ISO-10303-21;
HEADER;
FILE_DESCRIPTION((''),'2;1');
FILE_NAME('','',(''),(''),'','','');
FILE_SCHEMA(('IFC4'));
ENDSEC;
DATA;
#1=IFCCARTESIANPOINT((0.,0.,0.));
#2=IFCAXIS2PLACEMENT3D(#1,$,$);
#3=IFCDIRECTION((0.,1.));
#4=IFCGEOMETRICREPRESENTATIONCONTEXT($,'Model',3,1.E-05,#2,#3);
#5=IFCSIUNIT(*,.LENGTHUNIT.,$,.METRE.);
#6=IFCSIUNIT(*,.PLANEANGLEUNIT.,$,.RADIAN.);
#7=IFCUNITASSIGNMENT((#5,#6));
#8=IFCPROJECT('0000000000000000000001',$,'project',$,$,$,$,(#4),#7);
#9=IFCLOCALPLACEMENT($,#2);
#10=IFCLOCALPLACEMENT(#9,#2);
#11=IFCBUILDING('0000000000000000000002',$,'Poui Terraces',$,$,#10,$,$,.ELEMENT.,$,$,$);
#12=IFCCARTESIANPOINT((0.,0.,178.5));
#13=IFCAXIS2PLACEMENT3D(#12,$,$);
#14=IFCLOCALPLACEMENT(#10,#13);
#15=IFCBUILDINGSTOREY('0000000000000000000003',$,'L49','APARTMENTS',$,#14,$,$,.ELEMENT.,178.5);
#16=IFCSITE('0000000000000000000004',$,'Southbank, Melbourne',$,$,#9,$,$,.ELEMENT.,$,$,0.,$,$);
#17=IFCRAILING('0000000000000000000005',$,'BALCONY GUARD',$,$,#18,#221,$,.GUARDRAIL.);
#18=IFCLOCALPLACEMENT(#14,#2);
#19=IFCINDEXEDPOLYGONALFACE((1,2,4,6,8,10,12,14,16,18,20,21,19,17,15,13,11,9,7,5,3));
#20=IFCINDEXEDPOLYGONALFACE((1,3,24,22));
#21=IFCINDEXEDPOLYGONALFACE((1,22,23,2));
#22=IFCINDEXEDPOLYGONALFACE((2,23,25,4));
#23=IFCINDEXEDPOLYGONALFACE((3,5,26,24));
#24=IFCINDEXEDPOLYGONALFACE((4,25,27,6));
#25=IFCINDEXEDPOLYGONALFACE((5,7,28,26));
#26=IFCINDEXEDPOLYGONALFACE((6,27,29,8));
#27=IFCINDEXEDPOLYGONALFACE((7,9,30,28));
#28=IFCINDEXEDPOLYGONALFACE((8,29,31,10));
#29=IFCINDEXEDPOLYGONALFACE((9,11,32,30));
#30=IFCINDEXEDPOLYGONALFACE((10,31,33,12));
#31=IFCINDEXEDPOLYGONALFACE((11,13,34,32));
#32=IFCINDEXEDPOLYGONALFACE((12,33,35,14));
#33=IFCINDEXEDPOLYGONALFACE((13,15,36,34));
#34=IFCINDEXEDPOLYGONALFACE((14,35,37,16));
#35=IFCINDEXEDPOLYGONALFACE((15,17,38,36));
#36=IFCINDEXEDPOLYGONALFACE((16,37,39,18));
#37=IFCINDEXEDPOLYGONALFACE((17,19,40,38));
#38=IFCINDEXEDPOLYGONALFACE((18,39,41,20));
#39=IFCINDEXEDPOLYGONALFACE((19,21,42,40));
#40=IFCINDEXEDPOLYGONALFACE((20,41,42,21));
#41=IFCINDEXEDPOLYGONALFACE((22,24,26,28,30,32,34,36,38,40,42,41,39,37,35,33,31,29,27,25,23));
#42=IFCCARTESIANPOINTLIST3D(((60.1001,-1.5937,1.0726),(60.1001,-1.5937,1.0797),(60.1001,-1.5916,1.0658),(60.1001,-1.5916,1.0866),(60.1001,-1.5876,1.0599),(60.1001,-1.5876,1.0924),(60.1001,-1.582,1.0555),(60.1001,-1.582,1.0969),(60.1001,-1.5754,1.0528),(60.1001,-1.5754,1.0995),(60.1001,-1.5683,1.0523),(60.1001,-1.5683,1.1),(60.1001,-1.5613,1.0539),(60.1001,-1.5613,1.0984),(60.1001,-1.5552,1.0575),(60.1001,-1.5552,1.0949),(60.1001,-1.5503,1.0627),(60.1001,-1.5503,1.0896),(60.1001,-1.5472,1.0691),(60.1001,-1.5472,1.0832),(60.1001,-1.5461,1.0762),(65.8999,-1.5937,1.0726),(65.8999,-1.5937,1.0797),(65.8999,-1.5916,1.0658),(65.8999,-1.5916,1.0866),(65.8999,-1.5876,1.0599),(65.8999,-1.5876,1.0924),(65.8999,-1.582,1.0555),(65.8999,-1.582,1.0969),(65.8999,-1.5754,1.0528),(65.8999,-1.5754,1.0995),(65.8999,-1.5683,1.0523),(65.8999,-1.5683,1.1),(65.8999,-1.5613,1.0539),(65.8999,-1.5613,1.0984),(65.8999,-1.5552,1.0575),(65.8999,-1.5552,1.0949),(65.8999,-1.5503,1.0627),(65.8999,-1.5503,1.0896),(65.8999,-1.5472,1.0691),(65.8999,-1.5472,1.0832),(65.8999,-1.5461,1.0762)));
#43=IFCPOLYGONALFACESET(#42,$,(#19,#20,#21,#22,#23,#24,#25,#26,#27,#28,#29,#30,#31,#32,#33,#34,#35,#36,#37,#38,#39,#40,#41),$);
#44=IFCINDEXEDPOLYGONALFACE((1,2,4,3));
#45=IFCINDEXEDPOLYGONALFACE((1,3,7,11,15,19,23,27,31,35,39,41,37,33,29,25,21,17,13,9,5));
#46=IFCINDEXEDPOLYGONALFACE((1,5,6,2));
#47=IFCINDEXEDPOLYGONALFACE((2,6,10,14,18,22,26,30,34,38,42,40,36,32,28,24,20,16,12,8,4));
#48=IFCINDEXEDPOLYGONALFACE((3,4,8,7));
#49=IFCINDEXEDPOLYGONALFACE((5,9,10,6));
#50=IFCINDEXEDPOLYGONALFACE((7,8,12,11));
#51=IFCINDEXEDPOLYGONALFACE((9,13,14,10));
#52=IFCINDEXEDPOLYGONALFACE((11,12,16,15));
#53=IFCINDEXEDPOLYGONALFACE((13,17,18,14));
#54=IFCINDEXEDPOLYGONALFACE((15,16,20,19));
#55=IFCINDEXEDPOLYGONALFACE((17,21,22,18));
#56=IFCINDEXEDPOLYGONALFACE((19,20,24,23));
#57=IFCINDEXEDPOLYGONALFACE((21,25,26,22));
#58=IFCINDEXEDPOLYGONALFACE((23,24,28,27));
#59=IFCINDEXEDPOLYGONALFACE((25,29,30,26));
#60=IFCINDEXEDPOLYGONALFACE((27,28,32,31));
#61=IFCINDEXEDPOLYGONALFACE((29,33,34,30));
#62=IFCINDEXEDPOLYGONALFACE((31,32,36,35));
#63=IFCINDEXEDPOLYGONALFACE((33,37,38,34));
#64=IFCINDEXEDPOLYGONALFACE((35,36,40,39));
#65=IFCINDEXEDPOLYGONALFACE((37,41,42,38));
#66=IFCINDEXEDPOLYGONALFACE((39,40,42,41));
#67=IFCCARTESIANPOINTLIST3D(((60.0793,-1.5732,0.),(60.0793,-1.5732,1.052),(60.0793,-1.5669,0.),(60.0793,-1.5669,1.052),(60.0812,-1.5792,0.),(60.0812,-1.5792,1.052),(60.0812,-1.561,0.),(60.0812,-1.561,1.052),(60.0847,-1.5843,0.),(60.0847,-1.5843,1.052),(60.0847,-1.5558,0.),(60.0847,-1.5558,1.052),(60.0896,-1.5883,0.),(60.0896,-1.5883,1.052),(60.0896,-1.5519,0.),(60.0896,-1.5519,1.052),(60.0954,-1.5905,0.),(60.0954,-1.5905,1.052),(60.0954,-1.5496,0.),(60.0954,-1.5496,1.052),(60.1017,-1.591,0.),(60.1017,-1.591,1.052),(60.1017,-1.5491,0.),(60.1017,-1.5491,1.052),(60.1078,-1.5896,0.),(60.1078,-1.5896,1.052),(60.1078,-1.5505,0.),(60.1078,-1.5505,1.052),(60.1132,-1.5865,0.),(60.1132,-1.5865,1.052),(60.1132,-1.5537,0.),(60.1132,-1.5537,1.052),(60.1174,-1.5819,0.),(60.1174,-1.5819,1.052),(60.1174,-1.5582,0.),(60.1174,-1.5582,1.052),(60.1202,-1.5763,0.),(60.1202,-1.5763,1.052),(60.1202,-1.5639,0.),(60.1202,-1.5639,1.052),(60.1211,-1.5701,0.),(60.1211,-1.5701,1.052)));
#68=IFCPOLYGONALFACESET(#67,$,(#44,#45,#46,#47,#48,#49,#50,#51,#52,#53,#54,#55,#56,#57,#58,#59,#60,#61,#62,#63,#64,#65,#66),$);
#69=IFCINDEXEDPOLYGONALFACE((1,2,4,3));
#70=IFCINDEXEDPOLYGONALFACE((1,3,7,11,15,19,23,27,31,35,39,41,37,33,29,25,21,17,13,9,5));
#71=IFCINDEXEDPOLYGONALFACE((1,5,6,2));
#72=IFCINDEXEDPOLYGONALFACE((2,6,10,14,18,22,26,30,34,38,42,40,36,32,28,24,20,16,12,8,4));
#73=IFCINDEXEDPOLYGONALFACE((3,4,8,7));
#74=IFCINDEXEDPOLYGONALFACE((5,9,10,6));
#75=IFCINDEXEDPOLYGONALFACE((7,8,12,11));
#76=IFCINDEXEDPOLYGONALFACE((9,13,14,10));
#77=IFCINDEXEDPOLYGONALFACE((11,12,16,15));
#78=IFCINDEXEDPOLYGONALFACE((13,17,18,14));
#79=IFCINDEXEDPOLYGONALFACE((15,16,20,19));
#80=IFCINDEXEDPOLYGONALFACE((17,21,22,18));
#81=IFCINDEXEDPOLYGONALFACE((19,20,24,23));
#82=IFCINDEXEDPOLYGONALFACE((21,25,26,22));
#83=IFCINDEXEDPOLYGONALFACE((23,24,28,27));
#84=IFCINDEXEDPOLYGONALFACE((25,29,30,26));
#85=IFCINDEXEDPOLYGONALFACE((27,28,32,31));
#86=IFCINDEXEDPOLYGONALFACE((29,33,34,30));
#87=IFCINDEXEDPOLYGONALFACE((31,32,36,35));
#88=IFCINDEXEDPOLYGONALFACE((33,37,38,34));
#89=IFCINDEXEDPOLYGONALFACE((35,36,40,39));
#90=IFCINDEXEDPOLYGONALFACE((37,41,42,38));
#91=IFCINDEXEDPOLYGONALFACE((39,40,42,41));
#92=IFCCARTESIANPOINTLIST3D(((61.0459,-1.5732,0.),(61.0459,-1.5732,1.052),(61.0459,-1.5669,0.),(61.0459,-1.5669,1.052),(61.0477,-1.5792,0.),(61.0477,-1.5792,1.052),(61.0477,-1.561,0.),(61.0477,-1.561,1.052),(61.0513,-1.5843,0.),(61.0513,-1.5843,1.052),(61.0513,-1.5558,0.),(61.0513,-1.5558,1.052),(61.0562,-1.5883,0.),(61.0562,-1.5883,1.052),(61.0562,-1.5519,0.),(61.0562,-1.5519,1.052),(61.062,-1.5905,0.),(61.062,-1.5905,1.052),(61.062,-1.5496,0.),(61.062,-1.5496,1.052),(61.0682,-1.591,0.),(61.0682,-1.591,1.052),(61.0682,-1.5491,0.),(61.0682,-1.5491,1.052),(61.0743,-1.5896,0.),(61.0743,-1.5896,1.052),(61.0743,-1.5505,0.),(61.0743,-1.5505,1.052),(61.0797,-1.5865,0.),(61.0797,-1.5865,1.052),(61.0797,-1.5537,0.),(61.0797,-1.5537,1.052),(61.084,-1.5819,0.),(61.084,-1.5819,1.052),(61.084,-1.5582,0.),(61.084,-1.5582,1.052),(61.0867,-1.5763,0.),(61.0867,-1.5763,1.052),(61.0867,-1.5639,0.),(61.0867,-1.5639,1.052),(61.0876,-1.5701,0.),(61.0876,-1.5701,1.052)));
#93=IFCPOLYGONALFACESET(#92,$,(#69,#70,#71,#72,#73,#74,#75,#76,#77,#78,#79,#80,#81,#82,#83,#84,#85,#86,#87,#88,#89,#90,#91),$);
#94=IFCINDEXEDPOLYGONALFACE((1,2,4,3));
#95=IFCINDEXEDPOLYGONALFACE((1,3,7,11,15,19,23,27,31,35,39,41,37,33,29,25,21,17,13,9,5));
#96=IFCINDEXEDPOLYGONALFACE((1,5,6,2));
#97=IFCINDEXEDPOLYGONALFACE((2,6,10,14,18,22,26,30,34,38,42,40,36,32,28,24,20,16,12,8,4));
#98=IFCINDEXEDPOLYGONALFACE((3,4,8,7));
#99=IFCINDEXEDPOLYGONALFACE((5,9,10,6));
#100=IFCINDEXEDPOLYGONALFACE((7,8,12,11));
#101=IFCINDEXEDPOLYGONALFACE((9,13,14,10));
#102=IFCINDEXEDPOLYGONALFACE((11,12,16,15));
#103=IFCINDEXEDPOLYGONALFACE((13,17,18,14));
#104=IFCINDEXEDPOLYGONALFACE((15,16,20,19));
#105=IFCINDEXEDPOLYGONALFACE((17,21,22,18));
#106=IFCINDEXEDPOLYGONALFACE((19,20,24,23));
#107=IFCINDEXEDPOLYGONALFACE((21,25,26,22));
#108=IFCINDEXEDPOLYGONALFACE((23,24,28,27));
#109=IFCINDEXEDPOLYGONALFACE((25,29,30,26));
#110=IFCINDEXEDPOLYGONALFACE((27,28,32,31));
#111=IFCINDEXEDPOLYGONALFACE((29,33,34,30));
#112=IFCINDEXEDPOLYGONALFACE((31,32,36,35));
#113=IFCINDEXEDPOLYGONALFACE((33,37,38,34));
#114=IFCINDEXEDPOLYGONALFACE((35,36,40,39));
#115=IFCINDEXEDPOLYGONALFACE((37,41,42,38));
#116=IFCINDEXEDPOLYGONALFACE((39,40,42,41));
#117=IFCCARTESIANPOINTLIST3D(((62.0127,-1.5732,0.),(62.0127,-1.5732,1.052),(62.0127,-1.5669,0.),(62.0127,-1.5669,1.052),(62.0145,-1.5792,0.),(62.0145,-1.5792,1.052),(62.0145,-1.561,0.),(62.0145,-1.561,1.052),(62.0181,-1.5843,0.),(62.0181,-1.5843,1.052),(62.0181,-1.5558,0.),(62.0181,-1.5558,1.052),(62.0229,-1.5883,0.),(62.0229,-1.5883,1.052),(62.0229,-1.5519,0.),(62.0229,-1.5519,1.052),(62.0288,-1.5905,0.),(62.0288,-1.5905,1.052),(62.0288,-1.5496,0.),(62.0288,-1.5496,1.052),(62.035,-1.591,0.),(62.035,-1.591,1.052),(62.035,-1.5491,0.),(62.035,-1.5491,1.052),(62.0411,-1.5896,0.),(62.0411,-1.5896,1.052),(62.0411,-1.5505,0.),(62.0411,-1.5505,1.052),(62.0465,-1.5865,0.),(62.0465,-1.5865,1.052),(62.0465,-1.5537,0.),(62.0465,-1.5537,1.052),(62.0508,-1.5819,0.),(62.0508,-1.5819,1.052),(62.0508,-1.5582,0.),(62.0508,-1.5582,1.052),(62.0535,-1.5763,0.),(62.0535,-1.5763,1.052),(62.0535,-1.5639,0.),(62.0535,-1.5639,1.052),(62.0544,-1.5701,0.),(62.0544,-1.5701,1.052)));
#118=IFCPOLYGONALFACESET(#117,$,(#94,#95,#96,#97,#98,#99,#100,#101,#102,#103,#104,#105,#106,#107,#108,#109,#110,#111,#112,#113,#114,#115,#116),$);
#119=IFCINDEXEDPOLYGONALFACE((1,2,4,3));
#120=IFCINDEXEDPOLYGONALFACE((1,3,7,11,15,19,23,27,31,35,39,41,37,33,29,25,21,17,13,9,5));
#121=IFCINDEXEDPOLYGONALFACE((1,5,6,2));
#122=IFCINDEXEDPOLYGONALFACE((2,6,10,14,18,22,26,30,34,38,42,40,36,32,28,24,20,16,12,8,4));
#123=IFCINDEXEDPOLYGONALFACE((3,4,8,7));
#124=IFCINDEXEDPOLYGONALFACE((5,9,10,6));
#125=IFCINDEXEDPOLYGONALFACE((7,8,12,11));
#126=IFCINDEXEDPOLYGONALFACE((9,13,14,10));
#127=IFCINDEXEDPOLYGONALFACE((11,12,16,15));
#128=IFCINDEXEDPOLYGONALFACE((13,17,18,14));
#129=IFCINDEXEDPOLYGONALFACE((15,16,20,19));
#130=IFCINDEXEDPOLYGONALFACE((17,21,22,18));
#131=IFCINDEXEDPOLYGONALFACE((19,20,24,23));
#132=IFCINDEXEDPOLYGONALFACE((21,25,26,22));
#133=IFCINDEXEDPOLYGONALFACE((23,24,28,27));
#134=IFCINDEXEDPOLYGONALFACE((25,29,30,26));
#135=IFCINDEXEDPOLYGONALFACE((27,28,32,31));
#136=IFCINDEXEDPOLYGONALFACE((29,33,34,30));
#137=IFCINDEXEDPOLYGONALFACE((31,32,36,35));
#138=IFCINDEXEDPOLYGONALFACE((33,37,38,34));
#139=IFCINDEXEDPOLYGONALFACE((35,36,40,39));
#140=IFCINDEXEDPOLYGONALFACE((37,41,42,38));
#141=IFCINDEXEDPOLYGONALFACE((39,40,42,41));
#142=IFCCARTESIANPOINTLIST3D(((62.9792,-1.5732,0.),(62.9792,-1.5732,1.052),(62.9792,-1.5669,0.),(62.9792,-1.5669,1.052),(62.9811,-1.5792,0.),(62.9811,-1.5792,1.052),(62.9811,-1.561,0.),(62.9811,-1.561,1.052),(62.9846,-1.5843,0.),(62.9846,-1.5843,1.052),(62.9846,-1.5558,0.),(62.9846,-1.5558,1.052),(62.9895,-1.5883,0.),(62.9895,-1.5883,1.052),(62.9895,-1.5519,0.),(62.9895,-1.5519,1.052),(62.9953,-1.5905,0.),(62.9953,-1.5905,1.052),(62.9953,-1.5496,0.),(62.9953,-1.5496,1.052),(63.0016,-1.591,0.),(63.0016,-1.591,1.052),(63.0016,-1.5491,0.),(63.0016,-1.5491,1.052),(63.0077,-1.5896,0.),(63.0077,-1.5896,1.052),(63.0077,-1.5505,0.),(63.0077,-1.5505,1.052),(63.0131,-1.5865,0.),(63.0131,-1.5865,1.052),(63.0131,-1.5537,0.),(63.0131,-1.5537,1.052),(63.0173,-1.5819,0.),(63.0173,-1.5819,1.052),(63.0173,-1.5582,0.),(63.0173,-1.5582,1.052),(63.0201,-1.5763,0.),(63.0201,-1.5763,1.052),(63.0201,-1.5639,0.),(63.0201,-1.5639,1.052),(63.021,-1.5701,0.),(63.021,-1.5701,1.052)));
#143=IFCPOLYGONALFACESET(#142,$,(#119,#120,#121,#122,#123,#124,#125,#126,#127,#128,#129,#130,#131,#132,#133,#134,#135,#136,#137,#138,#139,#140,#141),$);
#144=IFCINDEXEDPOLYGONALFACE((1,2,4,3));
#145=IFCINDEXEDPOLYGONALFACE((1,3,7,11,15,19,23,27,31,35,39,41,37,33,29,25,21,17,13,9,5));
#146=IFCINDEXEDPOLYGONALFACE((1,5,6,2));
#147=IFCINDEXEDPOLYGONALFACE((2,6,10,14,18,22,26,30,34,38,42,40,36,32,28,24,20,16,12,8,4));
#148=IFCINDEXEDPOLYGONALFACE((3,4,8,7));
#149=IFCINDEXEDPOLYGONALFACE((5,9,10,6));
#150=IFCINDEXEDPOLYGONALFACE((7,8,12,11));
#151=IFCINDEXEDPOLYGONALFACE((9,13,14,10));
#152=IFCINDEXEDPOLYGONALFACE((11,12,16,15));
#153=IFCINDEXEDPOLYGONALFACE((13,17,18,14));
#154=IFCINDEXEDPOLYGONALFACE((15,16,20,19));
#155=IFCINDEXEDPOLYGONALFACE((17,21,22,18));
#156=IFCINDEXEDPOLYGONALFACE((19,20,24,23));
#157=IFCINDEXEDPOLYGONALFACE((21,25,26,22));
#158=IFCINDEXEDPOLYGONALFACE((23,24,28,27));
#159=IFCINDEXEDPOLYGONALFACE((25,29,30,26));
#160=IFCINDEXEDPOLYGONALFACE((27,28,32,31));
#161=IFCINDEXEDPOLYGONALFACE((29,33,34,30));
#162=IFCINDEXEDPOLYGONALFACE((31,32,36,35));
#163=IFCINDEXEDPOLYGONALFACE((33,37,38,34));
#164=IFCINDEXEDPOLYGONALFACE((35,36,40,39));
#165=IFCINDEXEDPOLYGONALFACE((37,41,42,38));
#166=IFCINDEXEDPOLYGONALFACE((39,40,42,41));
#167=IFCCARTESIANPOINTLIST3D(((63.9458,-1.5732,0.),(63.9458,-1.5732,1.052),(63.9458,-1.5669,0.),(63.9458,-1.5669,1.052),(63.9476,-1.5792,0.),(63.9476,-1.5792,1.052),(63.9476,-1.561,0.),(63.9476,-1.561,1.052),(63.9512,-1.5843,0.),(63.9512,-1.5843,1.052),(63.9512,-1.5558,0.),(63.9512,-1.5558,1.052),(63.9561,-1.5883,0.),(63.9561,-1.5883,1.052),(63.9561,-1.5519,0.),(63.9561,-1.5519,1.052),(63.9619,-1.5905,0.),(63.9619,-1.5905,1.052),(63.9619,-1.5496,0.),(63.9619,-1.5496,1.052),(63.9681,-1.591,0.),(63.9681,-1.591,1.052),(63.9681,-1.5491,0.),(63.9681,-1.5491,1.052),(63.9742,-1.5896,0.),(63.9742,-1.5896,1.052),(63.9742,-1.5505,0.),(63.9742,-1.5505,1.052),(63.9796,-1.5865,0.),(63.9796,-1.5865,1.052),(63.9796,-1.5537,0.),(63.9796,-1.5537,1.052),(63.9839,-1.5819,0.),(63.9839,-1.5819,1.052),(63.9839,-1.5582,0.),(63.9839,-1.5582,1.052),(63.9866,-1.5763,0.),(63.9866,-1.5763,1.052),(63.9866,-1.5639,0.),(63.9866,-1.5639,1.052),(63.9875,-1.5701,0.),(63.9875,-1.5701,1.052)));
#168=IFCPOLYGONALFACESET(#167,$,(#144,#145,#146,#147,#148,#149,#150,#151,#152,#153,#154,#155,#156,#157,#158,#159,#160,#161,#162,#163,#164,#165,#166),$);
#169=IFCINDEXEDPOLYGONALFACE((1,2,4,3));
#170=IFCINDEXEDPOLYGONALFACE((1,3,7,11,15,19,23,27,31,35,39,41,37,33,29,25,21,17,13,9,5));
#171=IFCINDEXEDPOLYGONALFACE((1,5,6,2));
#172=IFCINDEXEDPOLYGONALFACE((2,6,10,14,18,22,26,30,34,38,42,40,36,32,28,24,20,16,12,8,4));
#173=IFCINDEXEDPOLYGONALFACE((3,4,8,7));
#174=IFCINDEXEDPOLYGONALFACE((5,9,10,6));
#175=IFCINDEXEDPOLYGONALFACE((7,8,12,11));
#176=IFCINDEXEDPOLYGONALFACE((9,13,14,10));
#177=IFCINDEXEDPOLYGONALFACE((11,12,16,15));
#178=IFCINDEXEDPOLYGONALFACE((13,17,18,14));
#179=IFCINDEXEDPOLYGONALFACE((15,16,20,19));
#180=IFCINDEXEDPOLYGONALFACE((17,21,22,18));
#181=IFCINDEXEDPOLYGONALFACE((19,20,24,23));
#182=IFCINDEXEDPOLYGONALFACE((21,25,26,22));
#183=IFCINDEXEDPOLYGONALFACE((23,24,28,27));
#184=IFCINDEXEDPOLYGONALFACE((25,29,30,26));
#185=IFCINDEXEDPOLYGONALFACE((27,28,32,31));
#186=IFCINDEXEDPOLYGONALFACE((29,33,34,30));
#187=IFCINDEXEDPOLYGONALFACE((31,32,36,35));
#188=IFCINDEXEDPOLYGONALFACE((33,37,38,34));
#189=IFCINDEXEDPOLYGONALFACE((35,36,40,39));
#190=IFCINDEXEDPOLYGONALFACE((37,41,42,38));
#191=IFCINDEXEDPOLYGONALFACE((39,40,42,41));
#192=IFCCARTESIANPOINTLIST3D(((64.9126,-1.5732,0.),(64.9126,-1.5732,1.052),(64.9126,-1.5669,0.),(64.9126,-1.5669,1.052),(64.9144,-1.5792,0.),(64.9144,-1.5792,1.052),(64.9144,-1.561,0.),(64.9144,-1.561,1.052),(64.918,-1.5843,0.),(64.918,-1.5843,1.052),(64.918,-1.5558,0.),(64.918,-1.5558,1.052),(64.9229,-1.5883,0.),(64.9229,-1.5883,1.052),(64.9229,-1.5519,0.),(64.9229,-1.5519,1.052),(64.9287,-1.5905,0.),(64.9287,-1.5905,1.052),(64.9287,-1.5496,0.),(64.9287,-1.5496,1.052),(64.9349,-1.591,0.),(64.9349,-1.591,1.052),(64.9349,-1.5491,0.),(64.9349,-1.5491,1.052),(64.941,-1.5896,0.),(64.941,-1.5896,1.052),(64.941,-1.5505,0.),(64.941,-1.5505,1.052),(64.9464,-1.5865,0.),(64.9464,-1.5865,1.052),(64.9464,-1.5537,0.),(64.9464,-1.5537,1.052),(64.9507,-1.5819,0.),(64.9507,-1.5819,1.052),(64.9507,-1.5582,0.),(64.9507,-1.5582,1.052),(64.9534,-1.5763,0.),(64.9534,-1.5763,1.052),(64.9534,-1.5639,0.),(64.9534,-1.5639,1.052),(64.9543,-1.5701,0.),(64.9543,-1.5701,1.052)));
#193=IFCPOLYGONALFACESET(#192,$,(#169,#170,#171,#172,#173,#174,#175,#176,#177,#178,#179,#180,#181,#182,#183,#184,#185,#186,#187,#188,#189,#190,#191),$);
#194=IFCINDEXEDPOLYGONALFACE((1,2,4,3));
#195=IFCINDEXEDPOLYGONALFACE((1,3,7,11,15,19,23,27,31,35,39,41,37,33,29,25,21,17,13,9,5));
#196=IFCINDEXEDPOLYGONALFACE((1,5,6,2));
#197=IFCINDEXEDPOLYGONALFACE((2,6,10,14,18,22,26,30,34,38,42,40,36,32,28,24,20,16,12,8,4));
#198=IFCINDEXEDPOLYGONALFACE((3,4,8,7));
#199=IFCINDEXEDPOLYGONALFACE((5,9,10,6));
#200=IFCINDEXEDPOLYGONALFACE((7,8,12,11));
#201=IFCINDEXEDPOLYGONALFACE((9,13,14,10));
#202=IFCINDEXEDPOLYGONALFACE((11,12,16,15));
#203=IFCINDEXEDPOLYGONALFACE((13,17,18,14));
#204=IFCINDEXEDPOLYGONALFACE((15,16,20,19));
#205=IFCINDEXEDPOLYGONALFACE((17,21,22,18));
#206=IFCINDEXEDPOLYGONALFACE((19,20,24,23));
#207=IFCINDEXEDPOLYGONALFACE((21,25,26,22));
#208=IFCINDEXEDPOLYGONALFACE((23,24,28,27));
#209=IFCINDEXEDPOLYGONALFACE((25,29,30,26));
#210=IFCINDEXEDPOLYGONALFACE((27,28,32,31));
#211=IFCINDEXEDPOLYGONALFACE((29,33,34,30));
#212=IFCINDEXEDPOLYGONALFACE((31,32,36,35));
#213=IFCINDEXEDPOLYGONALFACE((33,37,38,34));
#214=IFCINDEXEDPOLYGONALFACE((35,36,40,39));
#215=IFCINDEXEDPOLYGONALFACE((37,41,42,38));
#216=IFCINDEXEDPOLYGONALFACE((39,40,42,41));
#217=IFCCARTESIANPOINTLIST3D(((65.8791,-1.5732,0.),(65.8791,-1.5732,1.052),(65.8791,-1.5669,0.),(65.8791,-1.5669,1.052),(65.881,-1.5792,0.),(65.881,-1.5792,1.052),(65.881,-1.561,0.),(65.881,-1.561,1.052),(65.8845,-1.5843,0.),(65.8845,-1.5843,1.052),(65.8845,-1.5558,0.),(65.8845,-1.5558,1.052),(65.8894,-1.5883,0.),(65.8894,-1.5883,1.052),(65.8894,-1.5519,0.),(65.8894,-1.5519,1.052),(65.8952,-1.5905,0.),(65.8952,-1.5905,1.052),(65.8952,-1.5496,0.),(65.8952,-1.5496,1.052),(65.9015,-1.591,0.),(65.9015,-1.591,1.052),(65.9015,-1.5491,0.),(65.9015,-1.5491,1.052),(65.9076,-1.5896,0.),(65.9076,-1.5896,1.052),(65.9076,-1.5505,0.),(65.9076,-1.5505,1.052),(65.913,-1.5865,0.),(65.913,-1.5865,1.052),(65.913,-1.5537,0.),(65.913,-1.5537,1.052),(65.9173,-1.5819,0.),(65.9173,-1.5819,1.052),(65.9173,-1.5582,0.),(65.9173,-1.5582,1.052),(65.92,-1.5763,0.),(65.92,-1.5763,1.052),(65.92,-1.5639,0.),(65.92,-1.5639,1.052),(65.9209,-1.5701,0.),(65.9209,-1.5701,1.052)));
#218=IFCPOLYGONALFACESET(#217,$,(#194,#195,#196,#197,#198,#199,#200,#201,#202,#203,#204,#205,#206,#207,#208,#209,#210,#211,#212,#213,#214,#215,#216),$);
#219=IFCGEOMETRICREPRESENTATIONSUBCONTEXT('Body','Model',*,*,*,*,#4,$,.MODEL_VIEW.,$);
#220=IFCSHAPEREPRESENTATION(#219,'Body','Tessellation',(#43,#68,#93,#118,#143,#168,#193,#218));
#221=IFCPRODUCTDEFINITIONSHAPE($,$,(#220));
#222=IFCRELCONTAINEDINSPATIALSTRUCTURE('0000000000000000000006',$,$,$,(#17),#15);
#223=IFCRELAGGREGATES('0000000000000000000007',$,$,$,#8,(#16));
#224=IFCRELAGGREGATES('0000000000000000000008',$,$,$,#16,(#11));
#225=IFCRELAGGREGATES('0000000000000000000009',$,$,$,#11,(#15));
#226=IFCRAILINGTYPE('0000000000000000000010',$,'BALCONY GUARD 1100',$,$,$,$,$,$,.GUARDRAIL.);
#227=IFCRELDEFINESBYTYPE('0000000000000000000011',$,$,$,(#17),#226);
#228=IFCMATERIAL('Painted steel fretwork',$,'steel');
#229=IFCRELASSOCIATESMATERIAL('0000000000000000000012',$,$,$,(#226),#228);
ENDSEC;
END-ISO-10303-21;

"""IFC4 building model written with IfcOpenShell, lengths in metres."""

from ifc_helpers import new_model, si_unit, direction, frame, origin, origin_2d, place, context, subcontext, project, spatial, circle, extrude, material, type_object, element, save


model = new_model("IFC4")

# Units and contexts
model_context = context("Model", 3, precision=1e-05, world=origin(), true_north=direction((0.0, 1.0)))
body_context = subcontext(model_context, "Body", "Model", "MODEL_VIEW")
ifc_project = project(units=[si_unit("LENGTHUNIT", "METRE"), si_unit("PLANEANGLEUNIT", "RADIAN")], contexts=[model_context])

# Site, building, storey
site_placement = place(None, origin())
site = spatial("IfcSite", under=ifc_project, at=site_placement, Name="Southbank, Melbourne", CompositionType="ELEMENT", RefElevation=0.0)
building_placement = place(site_placement, origin())
building = spatial("IfcBuilding", under=site, at=building_placement, Name="Poui Terraces", CompositionType="ELEMENT")
storey_placement = place(building_placement, frame((0.0, 0.0, 178.5)))
storey = spatial("IfcBuildingStorey", under=building, at=storey_placement, Name="L49", Description="APARTMENTS", CompositionType="ELEMENT", Elevation=178.5)

# Railing
ifc_material_1 = material(Name="Painted steel fretwork", Category="steel")
railing_type = type_object("IfcRailingType", Name="BALCONY GUARD 1100", PredefinedType="GUARDRAIL", material=ifc_material_1)
railing_placement = place(storey_placement, frame((60.1001, -1.5701, 0.0)))
element("IfcRailing", 1, at=railing_placement, inside=storey, type_object=railing_type, Name="BALCONY GUARD", PredefinedType="GUARDRAIL", context=body_context, shape_type="SweptSolid", body=[
    extrude(circle(Radius=0.0239, at=origin_2d()), frame((0.0, 0.0, 1.0762), z_axis=(1.0, 0.0, 0.0), x_axis=(0.0, 1.0, 0.0)), (0.0, 0.0, 1.0), 5.7998),
    extrude(circle(Radius=0.021, at=origin_2d()), origin(), (0.0, 0.0, 1.0), 1.052),
    extrude(circle(Radius=0.021, at=origin_2d()), frame((0.9666, 0.0, 0.0)), (0.0, 0.0, 1.0), 1.052),
    extrude(circle(Radius=0.021, at=origin_2d()), frame((1.9333, 0.0, 0.0)), (0.0, 0.0, 1.0), 1.052),
    extrude(circle(Radius=0.021, at=origin_2d()), frame((2.8999, 0.0, 0.0)), (0.0, 0.0, 1.0), 1.052),
    extrude(circle(Radius=0.021, at=origin_2d()), frame((3.8665, 0.0, 0.0)), (0.0, 0.0, 1.0), 1.052),
    extrude(circle(Radius=0.021, at=origin_2d()), frame((4.8333, 0.0, 0.0)), (0.0, 0.0, 1.0), 1.052),
    extrude(circle(Radius=0.021, at=origin_2d()), frame((5.7998, 0.0, 0.0)), (0.0, 0.0, 1.0), 1.052),
])

save(model, "model.ifc")
